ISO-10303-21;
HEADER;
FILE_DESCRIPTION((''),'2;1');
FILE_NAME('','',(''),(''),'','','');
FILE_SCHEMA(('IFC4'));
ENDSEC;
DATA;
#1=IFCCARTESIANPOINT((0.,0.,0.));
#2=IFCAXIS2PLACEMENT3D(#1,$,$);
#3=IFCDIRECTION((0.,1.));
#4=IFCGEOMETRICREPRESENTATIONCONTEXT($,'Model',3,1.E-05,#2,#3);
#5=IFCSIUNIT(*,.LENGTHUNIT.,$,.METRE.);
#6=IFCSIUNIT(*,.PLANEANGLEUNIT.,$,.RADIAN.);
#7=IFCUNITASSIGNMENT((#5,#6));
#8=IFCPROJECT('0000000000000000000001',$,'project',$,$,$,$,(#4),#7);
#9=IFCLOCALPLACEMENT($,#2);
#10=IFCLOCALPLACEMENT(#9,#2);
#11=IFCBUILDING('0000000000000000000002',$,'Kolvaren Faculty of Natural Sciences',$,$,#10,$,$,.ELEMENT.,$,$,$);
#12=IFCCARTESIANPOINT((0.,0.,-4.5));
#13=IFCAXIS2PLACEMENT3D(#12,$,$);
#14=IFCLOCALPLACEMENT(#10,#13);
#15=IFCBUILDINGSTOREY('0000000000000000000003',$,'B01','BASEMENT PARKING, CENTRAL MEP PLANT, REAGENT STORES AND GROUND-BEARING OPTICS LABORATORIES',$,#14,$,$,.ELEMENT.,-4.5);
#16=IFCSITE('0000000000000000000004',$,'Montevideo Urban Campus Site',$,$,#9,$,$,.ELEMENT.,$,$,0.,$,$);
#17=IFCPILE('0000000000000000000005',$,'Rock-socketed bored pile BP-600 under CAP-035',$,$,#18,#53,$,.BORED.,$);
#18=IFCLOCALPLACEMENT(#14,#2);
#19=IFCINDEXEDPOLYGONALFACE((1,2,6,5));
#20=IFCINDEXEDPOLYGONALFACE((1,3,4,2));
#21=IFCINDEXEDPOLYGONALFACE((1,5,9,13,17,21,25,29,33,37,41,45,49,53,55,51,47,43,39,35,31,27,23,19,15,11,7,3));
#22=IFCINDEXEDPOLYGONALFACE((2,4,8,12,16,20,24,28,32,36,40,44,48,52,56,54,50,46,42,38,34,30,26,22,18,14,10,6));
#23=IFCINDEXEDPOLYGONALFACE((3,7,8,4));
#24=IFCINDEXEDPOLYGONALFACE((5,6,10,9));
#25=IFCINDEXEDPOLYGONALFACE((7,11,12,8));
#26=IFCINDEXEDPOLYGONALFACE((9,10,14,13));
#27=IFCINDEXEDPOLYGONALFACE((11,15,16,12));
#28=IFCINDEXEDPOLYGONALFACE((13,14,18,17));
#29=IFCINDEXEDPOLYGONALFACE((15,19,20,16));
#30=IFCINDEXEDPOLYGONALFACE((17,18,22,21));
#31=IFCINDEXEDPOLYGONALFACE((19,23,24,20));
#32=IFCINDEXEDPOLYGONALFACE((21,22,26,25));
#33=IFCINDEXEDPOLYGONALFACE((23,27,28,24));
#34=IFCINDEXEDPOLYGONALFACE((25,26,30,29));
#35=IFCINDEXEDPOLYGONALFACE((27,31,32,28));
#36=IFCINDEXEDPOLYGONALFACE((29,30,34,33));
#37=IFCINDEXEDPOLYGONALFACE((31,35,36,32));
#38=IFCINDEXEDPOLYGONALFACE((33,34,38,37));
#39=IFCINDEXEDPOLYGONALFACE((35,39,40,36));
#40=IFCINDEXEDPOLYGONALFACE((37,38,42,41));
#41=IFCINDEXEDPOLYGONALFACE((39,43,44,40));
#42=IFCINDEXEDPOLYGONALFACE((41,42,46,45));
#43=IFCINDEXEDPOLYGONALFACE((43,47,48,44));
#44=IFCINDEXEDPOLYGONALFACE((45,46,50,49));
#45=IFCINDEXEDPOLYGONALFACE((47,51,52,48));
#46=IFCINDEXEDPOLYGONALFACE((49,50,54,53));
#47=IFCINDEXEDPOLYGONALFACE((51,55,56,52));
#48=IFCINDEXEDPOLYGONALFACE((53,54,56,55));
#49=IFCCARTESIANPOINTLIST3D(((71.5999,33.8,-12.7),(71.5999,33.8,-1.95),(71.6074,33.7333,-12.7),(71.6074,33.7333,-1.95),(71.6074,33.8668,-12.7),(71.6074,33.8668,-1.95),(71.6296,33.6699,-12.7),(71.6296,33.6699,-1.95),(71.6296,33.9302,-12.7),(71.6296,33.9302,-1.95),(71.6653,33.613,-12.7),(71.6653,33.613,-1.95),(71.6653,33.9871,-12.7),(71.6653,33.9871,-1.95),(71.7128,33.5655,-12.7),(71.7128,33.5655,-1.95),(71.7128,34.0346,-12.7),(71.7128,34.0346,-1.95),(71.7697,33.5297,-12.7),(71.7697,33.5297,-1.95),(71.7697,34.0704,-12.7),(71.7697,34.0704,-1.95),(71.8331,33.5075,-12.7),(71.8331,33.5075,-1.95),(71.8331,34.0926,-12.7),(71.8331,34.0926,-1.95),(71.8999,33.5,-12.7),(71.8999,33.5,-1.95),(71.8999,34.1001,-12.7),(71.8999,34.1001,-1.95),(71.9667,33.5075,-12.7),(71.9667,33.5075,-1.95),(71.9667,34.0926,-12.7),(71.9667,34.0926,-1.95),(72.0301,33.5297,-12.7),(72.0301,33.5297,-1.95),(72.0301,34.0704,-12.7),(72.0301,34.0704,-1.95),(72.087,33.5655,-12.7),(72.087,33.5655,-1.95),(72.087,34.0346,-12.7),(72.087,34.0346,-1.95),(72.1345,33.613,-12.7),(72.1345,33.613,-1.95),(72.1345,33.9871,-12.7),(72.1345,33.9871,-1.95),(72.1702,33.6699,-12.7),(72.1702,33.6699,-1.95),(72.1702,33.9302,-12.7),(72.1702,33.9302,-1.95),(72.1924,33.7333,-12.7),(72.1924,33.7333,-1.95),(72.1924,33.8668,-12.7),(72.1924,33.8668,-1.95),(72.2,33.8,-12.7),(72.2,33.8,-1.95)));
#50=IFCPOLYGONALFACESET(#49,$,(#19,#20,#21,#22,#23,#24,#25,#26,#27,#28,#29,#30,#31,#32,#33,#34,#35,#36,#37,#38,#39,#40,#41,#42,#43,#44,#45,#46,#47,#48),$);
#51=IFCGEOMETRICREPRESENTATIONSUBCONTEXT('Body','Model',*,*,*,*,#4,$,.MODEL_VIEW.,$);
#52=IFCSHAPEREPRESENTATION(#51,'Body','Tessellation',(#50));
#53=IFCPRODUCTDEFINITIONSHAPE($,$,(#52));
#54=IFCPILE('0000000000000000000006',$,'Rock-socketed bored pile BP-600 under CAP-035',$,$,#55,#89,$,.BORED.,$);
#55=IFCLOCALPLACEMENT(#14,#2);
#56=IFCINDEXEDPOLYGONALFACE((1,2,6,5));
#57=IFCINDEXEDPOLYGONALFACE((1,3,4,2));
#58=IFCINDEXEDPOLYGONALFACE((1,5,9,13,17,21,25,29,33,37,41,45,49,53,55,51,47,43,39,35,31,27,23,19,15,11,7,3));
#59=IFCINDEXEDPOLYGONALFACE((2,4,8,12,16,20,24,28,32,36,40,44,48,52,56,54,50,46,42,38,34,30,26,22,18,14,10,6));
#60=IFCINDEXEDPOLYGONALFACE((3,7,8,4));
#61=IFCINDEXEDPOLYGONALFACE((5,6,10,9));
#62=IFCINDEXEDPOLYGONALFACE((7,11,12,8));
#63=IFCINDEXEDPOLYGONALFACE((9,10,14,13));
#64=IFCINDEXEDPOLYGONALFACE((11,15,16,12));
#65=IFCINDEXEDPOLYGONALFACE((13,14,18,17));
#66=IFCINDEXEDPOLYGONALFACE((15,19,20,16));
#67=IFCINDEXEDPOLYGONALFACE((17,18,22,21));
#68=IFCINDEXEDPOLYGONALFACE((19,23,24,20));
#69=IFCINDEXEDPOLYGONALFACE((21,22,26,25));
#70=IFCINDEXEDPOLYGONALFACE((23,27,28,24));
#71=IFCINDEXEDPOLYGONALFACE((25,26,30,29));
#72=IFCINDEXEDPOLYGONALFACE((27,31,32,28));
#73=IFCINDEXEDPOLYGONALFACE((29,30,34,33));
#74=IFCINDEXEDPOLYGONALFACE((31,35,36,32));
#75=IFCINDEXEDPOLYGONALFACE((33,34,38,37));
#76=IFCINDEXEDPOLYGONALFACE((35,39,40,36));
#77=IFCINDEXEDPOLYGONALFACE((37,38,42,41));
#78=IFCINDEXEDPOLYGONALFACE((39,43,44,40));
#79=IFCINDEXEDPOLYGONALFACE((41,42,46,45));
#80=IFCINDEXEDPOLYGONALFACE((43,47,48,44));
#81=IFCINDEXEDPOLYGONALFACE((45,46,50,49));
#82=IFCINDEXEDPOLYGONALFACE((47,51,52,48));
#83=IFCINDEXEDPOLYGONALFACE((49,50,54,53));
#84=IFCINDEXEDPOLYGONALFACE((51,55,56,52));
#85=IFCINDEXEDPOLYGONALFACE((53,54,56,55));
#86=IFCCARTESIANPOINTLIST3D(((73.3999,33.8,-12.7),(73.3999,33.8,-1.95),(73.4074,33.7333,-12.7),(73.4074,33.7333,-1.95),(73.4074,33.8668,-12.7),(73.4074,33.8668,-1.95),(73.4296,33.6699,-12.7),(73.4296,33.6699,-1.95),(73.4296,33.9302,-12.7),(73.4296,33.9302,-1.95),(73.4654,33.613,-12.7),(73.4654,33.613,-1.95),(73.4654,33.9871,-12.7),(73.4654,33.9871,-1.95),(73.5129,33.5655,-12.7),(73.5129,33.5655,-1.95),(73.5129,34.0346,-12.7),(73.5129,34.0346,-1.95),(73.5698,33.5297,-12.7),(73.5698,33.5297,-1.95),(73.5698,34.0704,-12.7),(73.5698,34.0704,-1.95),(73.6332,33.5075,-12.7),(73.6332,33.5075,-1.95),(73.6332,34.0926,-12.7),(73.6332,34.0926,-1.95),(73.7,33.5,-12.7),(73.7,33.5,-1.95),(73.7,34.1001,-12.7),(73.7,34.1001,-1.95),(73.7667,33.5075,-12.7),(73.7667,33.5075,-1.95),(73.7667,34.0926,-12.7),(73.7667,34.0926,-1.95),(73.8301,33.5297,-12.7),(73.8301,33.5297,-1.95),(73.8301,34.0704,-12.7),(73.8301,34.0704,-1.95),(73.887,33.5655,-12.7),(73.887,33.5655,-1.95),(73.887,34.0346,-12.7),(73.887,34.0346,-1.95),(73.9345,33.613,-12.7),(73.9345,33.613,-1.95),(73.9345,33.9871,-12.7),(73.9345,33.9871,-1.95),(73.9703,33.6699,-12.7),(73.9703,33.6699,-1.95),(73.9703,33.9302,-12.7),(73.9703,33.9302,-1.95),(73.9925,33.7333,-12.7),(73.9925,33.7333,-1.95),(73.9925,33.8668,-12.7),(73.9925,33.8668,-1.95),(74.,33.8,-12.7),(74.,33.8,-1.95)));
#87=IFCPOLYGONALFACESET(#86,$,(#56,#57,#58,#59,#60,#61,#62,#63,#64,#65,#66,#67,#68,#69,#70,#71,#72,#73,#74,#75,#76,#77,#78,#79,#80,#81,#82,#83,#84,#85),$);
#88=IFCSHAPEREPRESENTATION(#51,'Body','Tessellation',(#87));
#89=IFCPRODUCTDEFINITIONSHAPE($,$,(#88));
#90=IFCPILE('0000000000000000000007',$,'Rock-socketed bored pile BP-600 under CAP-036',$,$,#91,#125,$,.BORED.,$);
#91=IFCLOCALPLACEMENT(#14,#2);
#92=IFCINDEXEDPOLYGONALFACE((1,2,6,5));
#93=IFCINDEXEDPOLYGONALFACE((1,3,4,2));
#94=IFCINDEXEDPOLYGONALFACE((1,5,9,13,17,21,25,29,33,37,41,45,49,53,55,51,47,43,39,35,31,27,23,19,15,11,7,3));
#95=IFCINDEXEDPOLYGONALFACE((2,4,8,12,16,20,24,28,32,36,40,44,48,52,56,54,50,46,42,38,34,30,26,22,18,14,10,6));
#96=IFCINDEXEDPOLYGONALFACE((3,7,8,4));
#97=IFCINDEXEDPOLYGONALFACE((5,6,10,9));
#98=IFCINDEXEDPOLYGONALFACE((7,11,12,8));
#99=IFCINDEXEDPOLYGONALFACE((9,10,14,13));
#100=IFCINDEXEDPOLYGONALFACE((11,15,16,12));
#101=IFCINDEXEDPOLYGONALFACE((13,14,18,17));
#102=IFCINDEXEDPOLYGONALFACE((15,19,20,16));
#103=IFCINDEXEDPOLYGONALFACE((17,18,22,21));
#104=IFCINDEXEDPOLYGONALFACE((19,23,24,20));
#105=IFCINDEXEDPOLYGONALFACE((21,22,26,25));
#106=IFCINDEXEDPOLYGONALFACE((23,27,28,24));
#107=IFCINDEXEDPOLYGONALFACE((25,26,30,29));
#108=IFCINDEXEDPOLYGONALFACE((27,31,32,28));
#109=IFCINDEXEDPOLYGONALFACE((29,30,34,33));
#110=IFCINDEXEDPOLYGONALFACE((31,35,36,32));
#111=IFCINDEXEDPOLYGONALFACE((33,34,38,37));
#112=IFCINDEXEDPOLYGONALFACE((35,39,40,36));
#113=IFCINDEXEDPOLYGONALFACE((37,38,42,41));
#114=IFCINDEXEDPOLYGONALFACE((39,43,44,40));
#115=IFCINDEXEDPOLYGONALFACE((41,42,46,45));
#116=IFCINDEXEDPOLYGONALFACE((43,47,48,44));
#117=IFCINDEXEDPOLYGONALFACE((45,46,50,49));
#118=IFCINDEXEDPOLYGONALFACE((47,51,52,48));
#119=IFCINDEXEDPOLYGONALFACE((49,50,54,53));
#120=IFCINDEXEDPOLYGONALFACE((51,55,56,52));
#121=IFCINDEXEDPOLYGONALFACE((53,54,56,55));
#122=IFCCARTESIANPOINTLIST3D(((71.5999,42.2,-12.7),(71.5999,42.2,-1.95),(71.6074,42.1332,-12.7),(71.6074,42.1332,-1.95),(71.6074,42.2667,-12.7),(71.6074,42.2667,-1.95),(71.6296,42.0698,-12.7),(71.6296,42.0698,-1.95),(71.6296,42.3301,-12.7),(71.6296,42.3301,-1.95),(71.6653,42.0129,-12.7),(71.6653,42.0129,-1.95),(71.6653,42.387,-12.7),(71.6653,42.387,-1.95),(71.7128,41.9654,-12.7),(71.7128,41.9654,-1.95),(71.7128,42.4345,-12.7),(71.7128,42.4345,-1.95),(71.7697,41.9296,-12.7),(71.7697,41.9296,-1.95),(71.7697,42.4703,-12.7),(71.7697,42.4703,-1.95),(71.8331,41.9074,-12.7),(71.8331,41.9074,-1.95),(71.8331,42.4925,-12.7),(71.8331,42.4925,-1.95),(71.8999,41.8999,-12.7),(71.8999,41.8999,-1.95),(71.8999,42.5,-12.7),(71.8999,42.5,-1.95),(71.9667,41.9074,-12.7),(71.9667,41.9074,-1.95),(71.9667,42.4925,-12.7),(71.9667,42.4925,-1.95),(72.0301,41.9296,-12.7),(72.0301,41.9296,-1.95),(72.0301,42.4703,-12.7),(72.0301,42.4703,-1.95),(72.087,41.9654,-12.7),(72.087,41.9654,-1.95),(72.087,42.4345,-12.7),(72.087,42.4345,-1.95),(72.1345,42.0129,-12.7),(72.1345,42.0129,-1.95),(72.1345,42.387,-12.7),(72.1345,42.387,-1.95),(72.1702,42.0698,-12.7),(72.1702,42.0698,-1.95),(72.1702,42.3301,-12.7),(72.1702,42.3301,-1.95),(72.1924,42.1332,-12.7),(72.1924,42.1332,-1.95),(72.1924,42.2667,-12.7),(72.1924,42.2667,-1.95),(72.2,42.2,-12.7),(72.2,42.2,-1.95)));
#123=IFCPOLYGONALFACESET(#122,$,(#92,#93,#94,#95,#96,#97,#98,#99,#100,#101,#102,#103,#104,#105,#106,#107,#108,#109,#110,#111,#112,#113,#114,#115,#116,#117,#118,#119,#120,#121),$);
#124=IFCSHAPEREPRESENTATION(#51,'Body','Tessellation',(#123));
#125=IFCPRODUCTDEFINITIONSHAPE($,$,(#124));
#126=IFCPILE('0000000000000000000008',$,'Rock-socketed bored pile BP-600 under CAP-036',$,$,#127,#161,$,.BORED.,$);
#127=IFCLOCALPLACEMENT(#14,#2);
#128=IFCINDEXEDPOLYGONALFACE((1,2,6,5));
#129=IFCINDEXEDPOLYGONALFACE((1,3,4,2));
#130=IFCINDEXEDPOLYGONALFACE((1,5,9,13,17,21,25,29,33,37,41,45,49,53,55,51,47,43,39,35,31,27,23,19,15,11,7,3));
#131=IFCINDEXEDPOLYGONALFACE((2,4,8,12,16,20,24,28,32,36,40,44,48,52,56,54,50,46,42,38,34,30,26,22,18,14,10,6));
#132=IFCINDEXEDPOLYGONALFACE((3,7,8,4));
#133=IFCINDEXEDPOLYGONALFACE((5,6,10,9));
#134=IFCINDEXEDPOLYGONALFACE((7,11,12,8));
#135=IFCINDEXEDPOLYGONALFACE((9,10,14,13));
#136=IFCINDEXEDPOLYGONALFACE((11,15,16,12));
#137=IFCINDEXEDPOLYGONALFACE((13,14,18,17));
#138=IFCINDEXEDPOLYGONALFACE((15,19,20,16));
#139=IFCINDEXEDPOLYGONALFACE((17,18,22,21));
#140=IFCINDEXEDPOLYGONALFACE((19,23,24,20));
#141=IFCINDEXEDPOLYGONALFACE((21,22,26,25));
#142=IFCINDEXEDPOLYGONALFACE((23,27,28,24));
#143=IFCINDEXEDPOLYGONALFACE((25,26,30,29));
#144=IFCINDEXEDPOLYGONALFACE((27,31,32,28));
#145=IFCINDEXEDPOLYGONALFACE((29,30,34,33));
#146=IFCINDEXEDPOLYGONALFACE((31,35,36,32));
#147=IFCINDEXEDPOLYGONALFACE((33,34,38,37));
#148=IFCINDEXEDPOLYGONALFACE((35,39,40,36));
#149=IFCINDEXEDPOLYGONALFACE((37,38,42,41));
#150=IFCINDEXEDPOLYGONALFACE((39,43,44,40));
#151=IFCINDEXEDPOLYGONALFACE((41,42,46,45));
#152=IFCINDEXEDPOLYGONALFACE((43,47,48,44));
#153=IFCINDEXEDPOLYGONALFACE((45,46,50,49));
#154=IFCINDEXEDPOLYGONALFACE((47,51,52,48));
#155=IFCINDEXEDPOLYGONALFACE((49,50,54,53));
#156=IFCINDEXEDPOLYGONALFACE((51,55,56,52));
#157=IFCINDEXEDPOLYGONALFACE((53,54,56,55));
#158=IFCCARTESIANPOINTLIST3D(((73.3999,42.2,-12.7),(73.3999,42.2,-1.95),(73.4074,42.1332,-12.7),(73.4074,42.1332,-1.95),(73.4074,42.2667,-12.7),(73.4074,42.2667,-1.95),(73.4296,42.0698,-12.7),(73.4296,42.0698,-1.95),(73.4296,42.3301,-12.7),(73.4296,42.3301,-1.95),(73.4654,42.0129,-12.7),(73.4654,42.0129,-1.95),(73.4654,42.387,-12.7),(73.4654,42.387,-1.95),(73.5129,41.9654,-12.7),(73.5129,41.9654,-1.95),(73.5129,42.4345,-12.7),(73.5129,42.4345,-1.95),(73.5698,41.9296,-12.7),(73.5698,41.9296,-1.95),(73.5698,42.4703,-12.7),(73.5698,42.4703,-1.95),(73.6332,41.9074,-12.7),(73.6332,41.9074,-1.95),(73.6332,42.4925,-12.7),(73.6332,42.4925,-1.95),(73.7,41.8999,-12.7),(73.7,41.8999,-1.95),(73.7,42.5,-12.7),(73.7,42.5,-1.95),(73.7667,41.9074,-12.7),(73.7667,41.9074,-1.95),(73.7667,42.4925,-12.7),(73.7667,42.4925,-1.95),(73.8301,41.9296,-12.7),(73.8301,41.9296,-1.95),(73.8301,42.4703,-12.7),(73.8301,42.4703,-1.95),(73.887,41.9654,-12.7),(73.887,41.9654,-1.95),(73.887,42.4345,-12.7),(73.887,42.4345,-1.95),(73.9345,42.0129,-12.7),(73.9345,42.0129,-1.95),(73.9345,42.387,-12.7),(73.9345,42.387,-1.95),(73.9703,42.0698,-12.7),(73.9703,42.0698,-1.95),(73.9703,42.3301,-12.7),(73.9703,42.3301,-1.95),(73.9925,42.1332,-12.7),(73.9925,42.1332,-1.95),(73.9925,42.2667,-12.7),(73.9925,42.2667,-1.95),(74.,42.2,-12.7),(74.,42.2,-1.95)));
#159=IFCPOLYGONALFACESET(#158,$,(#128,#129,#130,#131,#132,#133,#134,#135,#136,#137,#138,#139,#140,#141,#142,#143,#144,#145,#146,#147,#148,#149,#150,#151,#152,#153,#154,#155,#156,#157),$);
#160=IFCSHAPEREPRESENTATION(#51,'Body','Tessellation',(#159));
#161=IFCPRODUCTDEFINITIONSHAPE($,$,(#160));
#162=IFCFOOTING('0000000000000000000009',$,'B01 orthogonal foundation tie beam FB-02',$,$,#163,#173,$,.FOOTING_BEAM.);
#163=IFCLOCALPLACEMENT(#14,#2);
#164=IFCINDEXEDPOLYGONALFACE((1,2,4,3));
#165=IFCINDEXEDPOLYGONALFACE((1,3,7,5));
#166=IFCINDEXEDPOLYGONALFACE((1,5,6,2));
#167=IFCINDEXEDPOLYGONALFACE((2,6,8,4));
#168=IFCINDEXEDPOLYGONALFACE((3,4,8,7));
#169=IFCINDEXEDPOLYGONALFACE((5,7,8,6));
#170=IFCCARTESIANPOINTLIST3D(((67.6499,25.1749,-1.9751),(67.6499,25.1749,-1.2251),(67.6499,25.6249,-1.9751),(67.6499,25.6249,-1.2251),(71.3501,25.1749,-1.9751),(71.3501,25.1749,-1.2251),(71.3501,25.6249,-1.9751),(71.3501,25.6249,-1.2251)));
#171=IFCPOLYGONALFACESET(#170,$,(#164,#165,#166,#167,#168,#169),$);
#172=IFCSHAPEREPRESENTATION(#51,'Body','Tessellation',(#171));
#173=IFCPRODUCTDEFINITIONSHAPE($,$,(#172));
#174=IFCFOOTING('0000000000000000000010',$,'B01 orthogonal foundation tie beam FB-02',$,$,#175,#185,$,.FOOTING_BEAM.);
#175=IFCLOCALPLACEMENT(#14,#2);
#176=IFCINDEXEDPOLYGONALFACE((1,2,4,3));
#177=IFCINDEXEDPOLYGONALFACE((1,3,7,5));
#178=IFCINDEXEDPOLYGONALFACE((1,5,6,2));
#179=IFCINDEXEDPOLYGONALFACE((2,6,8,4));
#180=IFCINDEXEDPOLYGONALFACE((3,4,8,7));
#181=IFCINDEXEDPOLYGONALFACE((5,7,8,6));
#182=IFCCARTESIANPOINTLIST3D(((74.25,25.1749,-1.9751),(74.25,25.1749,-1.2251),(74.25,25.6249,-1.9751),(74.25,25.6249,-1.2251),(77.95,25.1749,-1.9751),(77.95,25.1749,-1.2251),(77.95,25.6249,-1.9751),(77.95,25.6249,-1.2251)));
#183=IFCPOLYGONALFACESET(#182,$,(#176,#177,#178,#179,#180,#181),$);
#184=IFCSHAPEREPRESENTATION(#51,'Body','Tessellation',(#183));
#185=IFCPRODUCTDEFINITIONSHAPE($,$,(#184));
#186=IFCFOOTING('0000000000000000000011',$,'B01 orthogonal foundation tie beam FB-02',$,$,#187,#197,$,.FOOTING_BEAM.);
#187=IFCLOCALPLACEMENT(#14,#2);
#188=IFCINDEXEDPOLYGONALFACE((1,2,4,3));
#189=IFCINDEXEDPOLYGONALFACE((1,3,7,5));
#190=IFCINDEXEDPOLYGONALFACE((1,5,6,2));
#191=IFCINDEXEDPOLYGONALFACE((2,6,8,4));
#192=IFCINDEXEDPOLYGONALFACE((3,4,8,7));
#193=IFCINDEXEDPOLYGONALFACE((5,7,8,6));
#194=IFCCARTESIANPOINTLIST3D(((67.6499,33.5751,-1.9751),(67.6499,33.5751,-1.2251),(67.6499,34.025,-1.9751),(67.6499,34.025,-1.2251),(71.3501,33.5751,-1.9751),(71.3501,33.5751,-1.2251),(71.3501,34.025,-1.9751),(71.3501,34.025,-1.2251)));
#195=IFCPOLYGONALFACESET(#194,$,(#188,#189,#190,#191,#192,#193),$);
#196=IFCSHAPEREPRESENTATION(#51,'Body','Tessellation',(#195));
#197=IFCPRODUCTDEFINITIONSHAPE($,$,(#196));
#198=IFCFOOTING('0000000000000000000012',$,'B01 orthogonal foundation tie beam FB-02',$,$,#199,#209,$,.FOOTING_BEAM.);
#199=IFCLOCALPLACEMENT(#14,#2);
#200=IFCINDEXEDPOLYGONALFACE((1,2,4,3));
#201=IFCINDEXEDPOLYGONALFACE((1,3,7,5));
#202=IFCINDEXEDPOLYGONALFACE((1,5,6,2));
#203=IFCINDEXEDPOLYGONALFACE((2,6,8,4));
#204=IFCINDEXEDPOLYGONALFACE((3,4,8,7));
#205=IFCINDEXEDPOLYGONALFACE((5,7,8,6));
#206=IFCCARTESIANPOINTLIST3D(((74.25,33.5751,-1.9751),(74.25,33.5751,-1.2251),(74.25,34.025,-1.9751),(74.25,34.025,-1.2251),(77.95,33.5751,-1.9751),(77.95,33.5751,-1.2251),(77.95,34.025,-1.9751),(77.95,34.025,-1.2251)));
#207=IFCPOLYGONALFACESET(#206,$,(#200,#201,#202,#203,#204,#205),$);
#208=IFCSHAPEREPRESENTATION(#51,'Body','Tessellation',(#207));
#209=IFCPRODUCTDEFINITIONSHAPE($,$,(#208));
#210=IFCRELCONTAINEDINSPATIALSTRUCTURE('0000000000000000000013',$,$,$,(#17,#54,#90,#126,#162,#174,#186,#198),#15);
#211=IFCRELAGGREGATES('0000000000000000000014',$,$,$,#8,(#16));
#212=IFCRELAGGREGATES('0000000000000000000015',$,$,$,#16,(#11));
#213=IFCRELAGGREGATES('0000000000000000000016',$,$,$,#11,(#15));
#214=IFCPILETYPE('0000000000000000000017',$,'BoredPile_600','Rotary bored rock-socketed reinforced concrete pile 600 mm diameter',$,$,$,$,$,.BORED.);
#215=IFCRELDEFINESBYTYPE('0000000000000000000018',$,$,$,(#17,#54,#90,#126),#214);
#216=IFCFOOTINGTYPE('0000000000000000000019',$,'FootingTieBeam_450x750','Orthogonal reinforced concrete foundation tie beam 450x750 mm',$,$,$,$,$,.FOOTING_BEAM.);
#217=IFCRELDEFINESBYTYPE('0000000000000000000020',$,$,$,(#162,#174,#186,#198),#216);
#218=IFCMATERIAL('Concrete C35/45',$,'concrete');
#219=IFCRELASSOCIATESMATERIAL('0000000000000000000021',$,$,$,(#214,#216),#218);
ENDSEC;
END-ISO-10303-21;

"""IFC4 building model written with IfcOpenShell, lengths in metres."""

from ifc_helpers import new_model, si_unit, direction, frame, origin, origin_2d, place, context, subcontext, project, spatial, rectangle, circle, extrude, material, material_profile, profile_set, type_object, element, save


model = new_model("IFC4")

# Units and contexts
model_context = context("Model", 3, precision=1e-05, world=origin(), true_north=direction((0.0, 1.0)))
body_context = subcontext(model_context, "Body", "Model", "MODEL_VIEW")
ifc_project = project(units=[si_unit("LENGTHUNIT", "METRE"), si_unit("PLANEANGLEUNIT", "RADIAN")], contexts=[model_context])

# Site, building, storey
site_placement = place(None, origin())
site = spatial("IfcSite", under=ifc_project, at=site_placement, Name="Montevideo Urban Campus Site", CompositionType="ELEMENT", RefElevation=0.0)
building_placement = place(site_placement, origin())
building = spatial("IfcBuilding", under=site, at=building_placement, Name="Kolvaren Faculty of Natural Sciences", CompositionType="ELEMENT")
storey_placement = place(building_placement, frame((0.0, 0.0, -4.5)))
storey = spatial("IfcBuildingStorey", under=building, at=storey_placement, Name="B01", Description="BASEMENT PARKING, CENTRAL MEP PLANT, REAGENT STORES AND GROUND-BEARING OPTICS LABORATORIES", CompositionType="ELEMENT", Elevation=-4.5)

# Piles
ifc_material = material(Name="Concrete C35/45", Category="concrete")
ifc_material_profile_1 = material_profile(ifc_material, circle(Radius=0.3, at=origin_2d()), Name="PILE D600")
ifc_profile_set_1 = profile_set([ifc_material_profile_1], Name="Concrete C35/45")
pile_type = type_object("IfcPileType", Name="BoredPile_600", Description="Rotary bored rock-socketed reinforced concrete pile 600 mm diameter", PredefinedType="BORED", material=ifc_profile_set_1)
for number, where, z_axis, x_axis, name in (
    (1, (71.8999, 33.8, -1.95), (0.0, 0.0, -1.0), (1.0, 0.0, 0.0), "Rock-socketed bored pile BP-600 under CAP-035"),
    (2, (73.7, 33.8, -1.95), (0.0, 0.0, -1.0), (1.0, 0.0, 0.0), "Rock-socketed bored pile BP-600 under CAP-035"),
    (3, (71.8999, 42.2, -1.95), (0.0, 0.0, -1.0), (1.0, 0.0, 0.0), "Rock-socketed bored pile BP-600 under CAP-036"),
    (4, (73.7, 42.2, -1.95), (0.0, 0.0, -1.0), (1.0, 0.0, 0.0), "Rock-socketed bored pile BP-600 under CAP-036"),
):
    element("IfcPile", number, at=place(storey_placement, frame(where, z_axis=z_axis, x_axis=x_axis)), inside=storey, type_object=pile_type, Name=name, PredefinedType="BORED", context=body_context, shape_type="SweptSolid", body=[
        extrude(circle(Radius=0.3, at=origin_2d()), origin(), (0.0, 0.0, 1.0), 10.75),
    ])

# Footings
ifc_material_profile_2 = material_profile(ifc_material, rectangle(XDim=0.45, YDim=0.75, at=origin_2d()), Name="RC FB 450x750")
ifc_profile_set_2 = profile_set([ifc_material_profile_2], Name="Concrete C35/45")
footing_type_1 = type_object("IfcFootingType", Name="FootingTieBeam_450x750", Description="Orthogonal reinforced concrete foundation tie beam 450x750 mm", PredefinedType="FOOTING_BEAM", material=ifc_profile_set_2)
footing_1_placement = place(storey_placement, frame((67.6499, 25.3999, -1.6001), z_axis=(1.0, 0.0, 0.0), x_axis=(0.0, 1.0, 0.0)))
element("IfcFooting", 5, at=footing_1_placement, inside=storey, type_object=footing_type_1, Name="B01 orthogonal foundation tie beam FB-02", PredefinedType="FOOTING_BEAM", context=body_context, shape_type="SweptSolid", body=[
    extrude(rectangle(XDim=0.45, YDim=0.75, at=origin_2d()), origin(), (0.0, 0.0, 1.0), 3.7002),
])
footing_2_placement = place(storey_placement, frame((74.25, 25.3999, -1.6001), z_axis=(1.0, 0.0, 0.0), x_axis=(0.0, 1.0, 0.0)))
element("IfcFooting", 6, at=footing_2_placement, inside=storey, type_object=footing_type_1, Name="B01 orthogonal foundation tie beam FB-02", PredefinedType="FOOTING_BEAM", context=body_context, shape_type="SweptSolid", body=[
    extrude(rectangle(XDim=0.45, YDim=0.75, at=origin_2d()), origin(), (0.0, 0.0, 1.0), 3.7),
])
footing_3_placement = place(storey_placement, frame((67.6499, 33.8, -1.6001), z_axis=(1.0, 0.0, 0.0), x_axis=(0.0, 1.0, 0.0)))
element("IfcFooting", 7, at=footing_3_placement, inside=storey, type_object=footing_type_1, Name="B01 orthogonal foundation tie beam FB-02", PredefinedType="FOOTING_BEAM", context=body_context, shape_type="SweptSolid", body=[
    extrude(rectangle(XDim=0.45, YDim=0.75, at=origin_2d()), origin(), (0.0, 0.0, 1.0), 3.7002),
])
footing_4_placement = place(storey_placement, frame((74.25, 33.8, -1.6001), z_axis=(1.0, 0.0, 0.0), x_axis=(0.0, 1.0, 0.0)))
element("IfcFooting", 8, at=footing_4_placement, inside=storey, type_object=footing_type_1, Name="B01 orthogonal foundation tie beam FB-02", PredefinedType="FOOTING_BEAM", context=body_context, shape_type="SweptSolid", body=[
    extrude(rectangle(XDim=0.45, YDim=0.75, at=origin_2d()), origin(), (0.0, 0.0, 1.0), 3.7),
])

save(model, "model.ifc")
